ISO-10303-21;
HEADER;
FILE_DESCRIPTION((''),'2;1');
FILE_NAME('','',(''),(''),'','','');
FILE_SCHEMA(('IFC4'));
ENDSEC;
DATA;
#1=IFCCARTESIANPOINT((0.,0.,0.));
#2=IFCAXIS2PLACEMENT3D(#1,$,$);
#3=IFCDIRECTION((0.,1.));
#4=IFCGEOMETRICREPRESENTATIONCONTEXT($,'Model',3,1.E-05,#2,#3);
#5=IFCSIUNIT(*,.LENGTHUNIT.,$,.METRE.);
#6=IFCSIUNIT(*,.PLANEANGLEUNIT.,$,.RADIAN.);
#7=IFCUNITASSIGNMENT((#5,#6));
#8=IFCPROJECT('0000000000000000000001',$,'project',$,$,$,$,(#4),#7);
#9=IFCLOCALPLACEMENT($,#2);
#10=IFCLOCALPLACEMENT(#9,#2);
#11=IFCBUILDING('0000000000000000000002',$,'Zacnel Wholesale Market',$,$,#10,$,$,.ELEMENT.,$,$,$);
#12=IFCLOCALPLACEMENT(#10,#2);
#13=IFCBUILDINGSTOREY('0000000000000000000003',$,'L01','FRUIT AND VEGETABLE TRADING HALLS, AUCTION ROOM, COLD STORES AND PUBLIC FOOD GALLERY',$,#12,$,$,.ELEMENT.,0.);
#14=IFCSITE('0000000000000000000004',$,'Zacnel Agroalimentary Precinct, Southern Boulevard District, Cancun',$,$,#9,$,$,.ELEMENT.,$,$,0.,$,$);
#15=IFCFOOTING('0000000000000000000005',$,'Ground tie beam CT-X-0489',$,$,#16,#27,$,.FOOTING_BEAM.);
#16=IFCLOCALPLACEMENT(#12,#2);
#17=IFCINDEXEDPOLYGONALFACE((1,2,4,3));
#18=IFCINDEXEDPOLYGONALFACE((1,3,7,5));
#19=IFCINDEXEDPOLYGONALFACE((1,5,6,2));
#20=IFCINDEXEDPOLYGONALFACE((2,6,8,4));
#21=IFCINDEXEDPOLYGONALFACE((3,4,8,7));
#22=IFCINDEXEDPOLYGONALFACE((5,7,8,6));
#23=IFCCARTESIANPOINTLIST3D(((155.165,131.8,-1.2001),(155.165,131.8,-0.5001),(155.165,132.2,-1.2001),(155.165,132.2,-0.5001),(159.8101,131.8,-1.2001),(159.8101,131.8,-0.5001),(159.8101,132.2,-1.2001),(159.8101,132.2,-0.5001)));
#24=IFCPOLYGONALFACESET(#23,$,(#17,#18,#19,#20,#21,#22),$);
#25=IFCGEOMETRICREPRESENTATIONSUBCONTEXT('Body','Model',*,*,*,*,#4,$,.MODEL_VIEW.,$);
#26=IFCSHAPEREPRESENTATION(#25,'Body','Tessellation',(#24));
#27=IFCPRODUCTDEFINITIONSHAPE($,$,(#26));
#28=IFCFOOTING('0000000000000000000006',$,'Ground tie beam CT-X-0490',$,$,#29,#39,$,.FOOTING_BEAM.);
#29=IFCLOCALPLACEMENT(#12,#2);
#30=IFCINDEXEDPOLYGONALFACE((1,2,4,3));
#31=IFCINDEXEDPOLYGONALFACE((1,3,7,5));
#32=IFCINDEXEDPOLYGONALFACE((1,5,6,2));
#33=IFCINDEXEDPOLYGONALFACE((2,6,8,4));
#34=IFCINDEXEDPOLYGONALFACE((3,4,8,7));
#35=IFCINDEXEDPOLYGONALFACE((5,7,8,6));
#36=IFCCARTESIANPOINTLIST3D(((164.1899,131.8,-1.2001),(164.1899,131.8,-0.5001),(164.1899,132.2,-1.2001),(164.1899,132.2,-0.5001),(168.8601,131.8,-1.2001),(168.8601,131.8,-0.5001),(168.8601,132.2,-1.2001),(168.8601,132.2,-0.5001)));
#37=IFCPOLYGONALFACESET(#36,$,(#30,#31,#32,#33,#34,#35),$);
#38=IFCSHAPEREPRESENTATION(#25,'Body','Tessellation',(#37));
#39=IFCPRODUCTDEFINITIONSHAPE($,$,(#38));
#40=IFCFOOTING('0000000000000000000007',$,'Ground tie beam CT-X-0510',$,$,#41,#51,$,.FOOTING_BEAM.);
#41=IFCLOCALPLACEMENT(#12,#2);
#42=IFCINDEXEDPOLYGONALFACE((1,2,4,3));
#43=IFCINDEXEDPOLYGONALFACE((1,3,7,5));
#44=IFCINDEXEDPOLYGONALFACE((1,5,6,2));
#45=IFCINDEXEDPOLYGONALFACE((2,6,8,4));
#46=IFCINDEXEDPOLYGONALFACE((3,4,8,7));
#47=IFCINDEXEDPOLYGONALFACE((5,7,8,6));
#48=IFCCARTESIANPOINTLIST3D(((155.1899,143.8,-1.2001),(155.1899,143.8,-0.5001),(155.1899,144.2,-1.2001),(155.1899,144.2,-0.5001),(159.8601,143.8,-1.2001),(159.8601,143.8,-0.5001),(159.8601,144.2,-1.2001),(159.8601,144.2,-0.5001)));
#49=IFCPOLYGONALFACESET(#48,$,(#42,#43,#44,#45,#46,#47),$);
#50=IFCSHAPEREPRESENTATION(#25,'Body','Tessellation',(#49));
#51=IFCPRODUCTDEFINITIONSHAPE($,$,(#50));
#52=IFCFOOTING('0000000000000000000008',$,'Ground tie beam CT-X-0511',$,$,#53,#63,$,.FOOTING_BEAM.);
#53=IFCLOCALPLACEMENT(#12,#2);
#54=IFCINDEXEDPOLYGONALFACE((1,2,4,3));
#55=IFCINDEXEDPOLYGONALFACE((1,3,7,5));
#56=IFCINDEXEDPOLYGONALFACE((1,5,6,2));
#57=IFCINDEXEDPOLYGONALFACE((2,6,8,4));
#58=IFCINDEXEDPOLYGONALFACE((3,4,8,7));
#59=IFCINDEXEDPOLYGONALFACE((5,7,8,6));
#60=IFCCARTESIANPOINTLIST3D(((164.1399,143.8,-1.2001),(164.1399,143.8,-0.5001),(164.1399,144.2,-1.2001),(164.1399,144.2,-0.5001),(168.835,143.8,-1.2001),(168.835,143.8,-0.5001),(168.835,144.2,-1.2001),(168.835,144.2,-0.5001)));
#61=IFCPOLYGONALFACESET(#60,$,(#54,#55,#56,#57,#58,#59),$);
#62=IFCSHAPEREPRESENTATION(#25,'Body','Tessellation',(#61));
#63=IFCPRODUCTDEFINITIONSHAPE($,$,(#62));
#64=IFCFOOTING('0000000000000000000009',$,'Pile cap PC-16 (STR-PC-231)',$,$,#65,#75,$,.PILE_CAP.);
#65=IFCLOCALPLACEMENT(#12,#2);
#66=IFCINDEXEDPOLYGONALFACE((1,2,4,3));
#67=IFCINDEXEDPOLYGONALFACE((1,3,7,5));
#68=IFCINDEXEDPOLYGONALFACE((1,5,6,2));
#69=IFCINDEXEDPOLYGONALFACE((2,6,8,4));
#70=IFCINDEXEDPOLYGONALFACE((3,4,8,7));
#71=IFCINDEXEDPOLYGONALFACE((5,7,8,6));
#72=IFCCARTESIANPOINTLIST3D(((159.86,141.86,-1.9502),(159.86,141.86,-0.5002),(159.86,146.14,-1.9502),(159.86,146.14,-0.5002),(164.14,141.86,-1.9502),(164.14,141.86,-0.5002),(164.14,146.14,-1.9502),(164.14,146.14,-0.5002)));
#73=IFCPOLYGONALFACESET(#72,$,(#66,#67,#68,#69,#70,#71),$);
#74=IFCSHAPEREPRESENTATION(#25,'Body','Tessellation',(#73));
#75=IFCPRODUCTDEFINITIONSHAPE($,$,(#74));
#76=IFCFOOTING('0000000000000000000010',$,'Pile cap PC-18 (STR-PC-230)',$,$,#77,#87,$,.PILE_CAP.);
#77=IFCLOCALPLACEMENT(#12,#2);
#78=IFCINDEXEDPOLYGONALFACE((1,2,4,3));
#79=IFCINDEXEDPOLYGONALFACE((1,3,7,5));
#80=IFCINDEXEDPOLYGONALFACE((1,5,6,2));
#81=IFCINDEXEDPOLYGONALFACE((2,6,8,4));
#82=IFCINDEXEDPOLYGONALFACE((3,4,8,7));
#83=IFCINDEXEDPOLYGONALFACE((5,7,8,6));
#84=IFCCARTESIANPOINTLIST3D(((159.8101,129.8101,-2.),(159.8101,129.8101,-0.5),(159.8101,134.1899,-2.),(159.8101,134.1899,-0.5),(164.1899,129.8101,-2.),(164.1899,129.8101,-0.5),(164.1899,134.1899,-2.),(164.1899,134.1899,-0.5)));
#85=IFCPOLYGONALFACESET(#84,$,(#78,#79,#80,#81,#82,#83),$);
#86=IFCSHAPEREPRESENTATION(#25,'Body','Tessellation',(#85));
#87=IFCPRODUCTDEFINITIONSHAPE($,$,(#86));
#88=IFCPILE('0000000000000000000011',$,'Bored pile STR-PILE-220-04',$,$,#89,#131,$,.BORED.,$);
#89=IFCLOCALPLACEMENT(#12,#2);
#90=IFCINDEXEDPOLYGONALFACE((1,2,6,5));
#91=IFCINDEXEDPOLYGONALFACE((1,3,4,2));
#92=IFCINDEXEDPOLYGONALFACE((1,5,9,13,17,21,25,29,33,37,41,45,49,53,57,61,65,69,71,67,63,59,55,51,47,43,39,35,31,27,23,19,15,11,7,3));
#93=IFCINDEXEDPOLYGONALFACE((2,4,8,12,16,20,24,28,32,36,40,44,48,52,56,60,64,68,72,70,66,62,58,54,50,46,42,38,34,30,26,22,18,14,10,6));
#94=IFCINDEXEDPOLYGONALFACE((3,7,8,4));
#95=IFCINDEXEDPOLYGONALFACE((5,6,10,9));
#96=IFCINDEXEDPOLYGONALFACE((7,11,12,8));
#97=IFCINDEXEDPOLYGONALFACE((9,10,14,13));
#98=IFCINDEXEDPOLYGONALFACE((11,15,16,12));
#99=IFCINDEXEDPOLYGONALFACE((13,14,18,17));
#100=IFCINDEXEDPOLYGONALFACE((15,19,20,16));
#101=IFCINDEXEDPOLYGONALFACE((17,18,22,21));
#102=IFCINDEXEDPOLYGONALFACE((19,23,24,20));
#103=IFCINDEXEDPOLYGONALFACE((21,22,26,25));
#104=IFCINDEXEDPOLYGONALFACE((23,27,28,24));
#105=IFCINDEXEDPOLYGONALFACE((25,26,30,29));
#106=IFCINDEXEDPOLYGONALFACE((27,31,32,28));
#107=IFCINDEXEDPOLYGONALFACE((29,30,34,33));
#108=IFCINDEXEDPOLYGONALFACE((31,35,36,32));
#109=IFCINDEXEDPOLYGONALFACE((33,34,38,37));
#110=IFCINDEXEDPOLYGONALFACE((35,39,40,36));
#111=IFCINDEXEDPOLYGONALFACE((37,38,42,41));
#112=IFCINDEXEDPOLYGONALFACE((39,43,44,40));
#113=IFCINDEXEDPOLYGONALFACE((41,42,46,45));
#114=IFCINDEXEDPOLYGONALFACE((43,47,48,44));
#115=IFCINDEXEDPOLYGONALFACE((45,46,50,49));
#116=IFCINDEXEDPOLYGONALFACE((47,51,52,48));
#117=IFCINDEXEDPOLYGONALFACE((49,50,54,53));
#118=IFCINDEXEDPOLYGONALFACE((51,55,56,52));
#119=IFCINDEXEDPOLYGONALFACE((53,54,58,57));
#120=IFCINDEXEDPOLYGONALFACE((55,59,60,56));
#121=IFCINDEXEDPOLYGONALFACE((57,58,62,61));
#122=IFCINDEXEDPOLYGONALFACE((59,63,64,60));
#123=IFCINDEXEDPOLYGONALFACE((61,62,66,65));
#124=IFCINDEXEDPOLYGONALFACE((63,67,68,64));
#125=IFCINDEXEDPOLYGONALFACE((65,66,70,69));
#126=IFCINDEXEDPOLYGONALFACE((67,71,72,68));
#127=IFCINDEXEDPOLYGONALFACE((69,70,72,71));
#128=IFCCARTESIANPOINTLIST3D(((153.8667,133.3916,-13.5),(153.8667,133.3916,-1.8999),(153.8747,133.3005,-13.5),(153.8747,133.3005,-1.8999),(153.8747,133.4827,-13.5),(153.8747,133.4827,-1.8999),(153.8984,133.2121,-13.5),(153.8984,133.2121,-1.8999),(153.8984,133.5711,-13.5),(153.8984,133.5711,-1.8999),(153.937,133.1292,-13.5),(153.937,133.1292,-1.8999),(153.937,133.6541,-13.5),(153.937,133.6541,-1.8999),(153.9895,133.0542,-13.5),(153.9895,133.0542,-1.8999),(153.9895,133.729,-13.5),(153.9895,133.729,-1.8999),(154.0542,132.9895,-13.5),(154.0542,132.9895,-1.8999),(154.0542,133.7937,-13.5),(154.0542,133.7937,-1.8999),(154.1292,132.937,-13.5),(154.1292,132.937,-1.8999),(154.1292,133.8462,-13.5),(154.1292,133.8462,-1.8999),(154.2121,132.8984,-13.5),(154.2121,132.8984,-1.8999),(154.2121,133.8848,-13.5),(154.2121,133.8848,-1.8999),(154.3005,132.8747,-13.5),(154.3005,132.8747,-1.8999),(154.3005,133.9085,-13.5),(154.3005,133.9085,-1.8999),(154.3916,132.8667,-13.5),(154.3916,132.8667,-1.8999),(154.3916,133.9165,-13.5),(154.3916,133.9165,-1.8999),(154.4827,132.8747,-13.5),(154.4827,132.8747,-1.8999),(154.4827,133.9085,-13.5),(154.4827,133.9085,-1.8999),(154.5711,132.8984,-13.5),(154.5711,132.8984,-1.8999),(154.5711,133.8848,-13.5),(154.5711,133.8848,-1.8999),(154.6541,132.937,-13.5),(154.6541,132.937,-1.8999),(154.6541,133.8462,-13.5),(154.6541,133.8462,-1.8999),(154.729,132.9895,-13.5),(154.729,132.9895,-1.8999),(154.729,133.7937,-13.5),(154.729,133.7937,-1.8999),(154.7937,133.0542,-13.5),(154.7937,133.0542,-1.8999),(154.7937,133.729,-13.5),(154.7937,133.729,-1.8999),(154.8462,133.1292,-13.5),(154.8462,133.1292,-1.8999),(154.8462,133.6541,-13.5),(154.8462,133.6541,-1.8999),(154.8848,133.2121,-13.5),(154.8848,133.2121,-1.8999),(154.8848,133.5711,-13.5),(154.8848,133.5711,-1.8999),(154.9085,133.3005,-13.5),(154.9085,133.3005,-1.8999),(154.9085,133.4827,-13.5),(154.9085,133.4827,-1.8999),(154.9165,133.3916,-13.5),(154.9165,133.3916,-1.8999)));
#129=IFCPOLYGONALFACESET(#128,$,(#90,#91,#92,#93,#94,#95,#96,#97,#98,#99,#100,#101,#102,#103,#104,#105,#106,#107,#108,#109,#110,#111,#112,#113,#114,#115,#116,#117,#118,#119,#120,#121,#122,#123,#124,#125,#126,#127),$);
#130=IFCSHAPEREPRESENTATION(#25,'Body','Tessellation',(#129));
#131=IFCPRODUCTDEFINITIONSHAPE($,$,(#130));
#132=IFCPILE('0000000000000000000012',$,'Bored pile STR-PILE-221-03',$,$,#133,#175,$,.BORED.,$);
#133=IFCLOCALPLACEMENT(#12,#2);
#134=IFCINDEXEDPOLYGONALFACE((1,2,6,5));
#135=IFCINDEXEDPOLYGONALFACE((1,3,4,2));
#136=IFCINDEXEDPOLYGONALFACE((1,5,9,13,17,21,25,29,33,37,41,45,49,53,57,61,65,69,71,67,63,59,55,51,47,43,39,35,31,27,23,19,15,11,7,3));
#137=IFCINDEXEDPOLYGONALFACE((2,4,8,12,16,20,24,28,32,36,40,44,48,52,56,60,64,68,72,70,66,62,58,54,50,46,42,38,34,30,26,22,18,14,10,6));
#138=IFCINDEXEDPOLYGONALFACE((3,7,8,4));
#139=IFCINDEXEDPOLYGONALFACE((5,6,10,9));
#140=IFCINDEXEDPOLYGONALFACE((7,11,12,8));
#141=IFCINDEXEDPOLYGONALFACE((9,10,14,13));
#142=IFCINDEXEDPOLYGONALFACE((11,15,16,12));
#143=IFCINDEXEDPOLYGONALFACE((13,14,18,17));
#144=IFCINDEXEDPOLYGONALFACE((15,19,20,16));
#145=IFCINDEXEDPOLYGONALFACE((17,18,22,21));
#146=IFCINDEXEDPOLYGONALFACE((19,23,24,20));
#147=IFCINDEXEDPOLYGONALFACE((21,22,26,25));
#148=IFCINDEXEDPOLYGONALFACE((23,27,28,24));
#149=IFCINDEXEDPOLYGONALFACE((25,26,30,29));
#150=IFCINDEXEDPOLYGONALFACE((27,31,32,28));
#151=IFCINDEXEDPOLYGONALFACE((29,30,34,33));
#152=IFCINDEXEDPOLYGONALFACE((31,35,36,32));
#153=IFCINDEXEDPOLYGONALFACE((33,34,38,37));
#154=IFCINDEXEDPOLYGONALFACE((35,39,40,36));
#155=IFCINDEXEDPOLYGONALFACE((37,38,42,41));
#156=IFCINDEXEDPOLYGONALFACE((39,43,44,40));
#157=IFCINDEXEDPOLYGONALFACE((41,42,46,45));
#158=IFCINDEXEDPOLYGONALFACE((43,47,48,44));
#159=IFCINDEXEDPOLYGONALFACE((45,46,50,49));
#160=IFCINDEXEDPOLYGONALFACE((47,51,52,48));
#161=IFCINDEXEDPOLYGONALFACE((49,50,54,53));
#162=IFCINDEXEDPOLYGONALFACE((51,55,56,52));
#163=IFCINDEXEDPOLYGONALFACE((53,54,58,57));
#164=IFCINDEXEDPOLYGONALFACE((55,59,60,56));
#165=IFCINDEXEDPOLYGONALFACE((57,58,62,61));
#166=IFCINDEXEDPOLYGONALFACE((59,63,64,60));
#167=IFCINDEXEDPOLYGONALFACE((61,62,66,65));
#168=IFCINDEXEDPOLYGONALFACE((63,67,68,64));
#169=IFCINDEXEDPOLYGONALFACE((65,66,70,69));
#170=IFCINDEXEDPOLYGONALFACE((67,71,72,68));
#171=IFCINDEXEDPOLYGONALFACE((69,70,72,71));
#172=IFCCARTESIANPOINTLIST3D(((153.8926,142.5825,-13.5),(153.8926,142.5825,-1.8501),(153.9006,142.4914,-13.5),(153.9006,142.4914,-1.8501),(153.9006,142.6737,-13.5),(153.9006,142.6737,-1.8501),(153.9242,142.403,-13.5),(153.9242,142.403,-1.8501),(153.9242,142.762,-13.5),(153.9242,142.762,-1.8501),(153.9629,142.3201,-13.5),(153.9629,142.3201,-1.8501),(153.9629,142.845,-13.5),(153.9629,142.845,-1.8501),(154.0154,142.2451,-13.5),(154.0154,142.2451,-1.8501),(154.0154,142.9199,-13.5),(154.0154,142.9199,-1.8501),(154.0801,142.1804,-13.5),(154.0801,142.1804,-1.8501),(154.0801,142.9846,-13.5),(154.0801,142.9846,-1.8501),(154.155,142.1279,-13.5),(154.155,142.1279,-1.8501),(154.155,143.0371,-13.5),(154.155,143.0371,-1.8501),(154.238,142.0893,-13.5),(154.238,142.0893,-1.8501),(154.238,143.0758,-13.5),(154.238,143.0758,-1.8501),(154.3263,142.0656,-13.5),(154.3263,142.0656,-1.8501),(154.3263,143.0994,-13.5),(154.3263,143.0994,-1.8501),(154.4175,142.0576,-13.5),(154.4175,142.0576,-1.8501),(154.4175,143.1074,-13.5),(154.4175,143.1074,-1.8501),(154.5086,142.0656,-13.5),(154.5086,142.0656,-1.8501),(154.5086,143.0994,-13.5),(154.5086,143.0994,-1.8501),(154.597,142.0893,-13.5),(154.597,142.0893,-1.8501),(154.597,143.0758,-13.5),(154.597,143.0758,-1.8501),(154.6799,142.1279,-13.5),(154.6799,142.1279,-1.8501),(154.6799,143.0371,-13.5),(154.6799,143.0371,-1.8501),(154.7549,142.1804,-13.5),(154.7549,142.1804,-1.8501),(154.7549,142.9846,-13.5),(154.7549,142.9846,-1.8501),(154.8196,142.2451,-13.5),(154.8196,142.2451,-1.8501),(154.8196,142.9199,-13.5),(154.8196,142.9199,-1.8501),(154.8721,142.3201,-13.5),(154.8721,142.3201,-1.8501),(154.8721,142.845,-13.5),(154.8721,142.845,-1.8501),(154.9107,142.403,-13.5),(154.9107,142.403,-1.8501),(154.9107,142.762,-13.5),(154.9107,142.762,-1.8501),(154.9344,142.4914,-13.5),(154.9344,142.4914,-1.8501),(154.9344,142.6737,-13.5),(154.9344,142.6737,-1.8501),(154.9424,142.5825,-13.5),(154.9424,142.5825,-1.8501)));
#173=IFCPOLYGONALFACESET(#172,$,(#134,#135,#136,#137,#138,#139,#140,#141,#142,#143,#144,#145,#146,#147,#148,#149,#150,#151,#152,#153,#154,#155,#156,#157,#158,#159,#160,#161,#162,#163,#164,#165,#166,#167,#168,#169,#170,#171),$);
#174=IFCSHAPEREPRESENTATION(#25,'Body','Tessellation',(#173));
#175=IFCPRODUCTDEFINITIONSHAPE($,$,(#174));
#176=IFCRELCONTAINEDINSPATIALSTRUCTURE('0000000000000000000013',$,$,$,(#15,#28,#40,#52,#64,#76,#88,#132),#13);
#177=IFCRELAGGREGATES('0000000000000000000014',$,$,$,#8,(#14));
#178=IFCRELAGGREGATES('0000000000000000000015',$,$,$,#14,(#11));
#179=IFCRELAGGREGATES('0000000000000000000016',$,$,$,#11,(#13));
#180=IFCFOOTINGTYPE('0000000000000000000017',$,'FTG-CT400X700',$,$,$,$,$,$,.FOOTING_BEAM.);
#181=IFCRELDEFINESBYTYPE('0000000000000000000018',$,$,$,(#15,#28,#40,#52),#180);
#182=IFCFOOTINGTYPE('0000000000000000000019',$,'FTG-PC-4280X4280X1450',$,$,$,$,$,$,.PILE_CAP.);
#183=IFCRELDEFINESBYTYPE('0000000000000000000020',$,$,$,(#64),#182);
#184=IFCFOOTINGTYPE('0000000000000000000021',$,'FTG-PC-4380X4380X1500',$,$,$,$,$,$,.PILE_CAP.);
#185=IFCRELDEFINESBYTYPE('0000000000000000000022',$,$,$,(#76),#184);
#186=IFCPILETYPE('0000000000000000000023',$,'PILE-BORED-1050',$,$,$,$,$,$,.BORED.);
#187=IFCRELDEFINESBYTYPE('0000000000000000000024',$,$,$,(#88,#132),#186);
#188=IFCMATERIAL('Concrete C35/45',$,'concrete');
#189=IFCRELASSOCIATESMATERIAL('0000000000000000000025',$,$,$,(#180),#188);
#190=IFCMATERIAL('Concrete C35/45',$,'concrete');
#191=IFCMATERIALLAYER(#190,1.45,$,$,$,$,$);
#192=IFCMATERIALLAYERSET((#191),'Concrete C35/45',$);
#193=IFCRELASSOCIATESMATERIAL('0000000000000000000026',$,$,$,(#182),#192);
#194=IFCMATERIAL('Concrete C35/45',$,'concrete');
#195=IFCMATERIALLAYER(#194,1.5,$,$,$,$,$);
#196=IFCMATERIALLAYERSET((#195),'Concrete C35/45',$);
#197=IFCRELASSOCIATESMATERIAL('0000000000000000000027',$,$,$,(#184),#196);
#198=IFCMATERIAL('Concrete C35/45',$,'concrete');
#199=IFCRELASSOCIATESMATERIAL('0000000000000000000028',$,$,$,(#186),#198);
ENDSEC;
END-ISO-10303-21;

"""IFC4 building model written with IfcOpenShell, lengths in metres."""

from ifc_helpers import new_model, si_unit, direction, frame, origin, origin_2d, place, context, subcontext, project, spatial, rectangle, circle, extrude, material, layer, layer_set, material_profile, profile_set, type_object, element, save


model = new_model("IFC4")

# Units and contexts
model_context = context("Model", 3, precision=1e-05, world=origin(), true_north=direction((0.0, 1.0)))
body_context = subcontext(model_context, "Body", "Model", "MODEL_VIEW")
ifc_project = project(units=[si_unit("LENGTHUNIT", "METRE"), si_unit("PLANEANGLEUNIT", "RADIAN")], contexts=[model_context])

# Site, building, storey
site_placement = place(None, origin())
site = spatial("IfcSite", under=ifc_project, at=site_placement, Name="Zacnel Agroalimentary Precinct, Southern Boulevard District, Cancun", CompositionType="ELEMENT", RefElevation=0.0)
building_placement = place(site_placement, origin())
building = spatial("IfcBuilding", under=site, at=building_placement, Name="Zacnel Wholesale Market", CompositionType="ELEMENT")
storey_placement = place(building_placement, origin())
storey = spatial("IfcBuildingStorey", under=building, at=storey_placement, Name="L01", Description="FRUIT AND VEGETABLE TRADING HALLS, AUCTION ROOM, COLD STORES AND PUBLIC FOOD GALLERY", CompositionType="ELEMENT", Elevation=0.0)

# Footings
ifc_material_1 = material(Name="Concrete C35/45", Category="concrete")
ifc_material_profile_1 = material_profile(ifc_material_1, rectangle(XDim=0.3999, YDim=0.7, at=origin_2d()), Name="CT 400x700")
ifc_profile_set_1 = profile_set([ifc_material_profile_1], Name="Concrete C35/45")
footing_type_1 = type_object("IfcFootingType", Name="FTG-CT400X700", PredefinedType="FOOTING_BEAM", material=ifc_profile_set_1)
footing_1_placement = place(storey_placement, frame((155.165, 132.0, -0.8501), z_axis=(1.0, 0.0, 0.0), x_axis=(0.0, 1.0, 0.0)))
element("IfcFooting", 1, at=footing_1_placement, inside=storey, type_object=footing_type_1, Name="Ground tie beam CT-X-0489", PredefinedType="FOOTING_BEAM", context=body_context, shape_type="SweptSolid", body=[
    extrude(rectangle(XDim=0.3999, YDim=0.7, at=origin_2d()), origin(), (0.0, 0.0, 1.0), 4.645),
])
for number, where, z_axis, x_axis, name in (
    (2, (164.1899, 132.0, -0.8501), (1.0, 0.0, 0.0), (0.0, 1.0, 0.0), "Ground tie beam CT-X-0490"),
    (3, (155.1899, 144.0, -0.8501), (1.0, 0.0, 0.0), (0.0, 1.0, 0.0), "Ground tie beam CT-X-0510"),
):
    element("IfcFooting", number, at=place(storey_placement, frame(where, z_axis=z_axis, x_axis=x_axis)), inside=storey, type_object=footing_type_1, Name=name, PredefinedType="FOOTING_BEAM", context=body_context, shape_type="SweptSolid", body=[
        extrude(rectangle(XDim=0.3999, YDim=0.7, at=origin_2d()), origin(), (0.0, 0.0, 1.0), 4.6702),
    ])
footing_2_placement = place(storey_placement, frame((164.1399, 144.0, -0.8501), z_axis=(1.0, 0.0, 0.0), x_axis=(0.0, 1.0, 0.0)))
element("IfcFooting", 4, at=footing_2_placement, inside=storey, type_object=footing_type_1, Name="Ground tie beam CT-X-0511", PredefinedType="FOOTING_BEAM", context=body_context, shape_type="SweptSolid", body=[
    extrude(rectangle(XDim=0.3999, YDim=0.7, at=origin_2d()), origin(), (0.0, 0.0, 1.0), 4.6951),
])
ifc_material_2 = material(Name="Concrete C35/45", Category="concrete")
ifc_layer_1 = layer(ifc_material_2, 1.45)
ifc_layer_set_1 = layer_set([ifc_layer_1], Name="Concrete C35/45")
footing_type_2 = type_object("IfcFootingType", Name="FTG-PC-4280X4280X1450", PredefinedType="PILE_CAP", material=ifc_layer_set_1)
footing_3_placement = place(storey_placement, frame((162.0, 144.0, -1.9502), z_axis=(0.0, 0.0, 1.0), x_axis=(1.0, 0.0, 0.0)))
element("IfcFooting", 5, at=footing_3_placement, inside=storey, type_object=footing_type_2, Name="Pile cap PC-16 (STR-PC-231)", PredefinedType="PILE_CAP", context=body_context, shape_type="SweptSolid", body=[
    extrude(rectangle(XDim=4.28, YDim=4.28, at=origin_2d()), origin(), (0.0, 0.0, 1.0), 1.45),
])
ifc_material_3 = material(Name="Concrete C35/45", Category="concrete")
ifc_layer_2 = layer(ifc_material_3, 1.5)
ifc_layer_set_2 = layer_set([ifc_layer_2], Name="Concrete C35/45")
footing_type_3 = type_object("IfcFootingType", Name="FTG-PC-4380X4380X1500", PredefinedType="PILE_CAP", material=ifc_layer_set_2)
footing_4_placement = place(storey_placement, frame((162.0, 132.0, -2.0), z_axis=(0.0, 0.0, 1.0), x_axis=(1.0, 0.0, 0.0)))
element("IfcFooting", 6, at=footing_4_placement, inside=storey, type_object=footing_type_3, Name="Pile cap PC-18 (STR-PC-230)", PredefinedType="PILE_CAP", context=body_context, shape_type="SweptSolid", body=[
    extrude(rectangle(XDim=4.3799, YDim=4.3799, at=origin_2d()), origin(), (0.0, 0.0, 1.0), 1.5),
])

# Piles
ifc_material_4 = material(Name="Concrete C35/45", Category="concrete")
ifc_material_profile_2 = material_profile(ifc_material_4, circle(Radius=0.5249, at=origin_2d()), Name="BORED PILE D1050")
ifc_profile_set_2 = profile_set([ifc_material_profile_2], Name="Concrete C35/45")
pile_type = type_object("IfcPileType", Name="PILE-BORED-1050", PredefinedType="BORED", material=ifc_profile_set_2)
pile_placement = place(storey_placement, frame((154.3916, 133.3916, -1.8999), z_axis=(0.0, 0.0, -1.0), x_axis=(1.0, 0.0, 0.0)))
element("IfcPile", 7, at=pile_placement, inside=storey, type_object=pile_type, Name="Bored pile STR-PILE-220-04", PredefinedType="BORED", context=body_context, shape_type="SweptSolid", body=[
    extrude(circle(Radius=0.5249, at=origin_2d()), origin(), (0.0, 0.0, 1.0), 11.6001),
])
for number, where, z_axis, x_axis, name in (
    (8, (154.4175, 142.5825, -1.8501), (0.0, 0.0, -1.0), (1.0, 0.0, 0.0), "Bored pile STR-PILE-221-03"),
):
    element("IfcPile", number, at=place(storey_placement, frame(where, z_axis=z_axis, x_axis=x_axis)), inside=storey, type_object=pile_type, Name=name, PredefinedType="BORED", context=body_context, shape_type="SweptSolid", body=[
        extrude(circle(Radius=0.5249, at=origin_2d()), origin(), (0.0, 0.0, 1.0), 11.6499),
    ])

save(model, "model.ifc")
